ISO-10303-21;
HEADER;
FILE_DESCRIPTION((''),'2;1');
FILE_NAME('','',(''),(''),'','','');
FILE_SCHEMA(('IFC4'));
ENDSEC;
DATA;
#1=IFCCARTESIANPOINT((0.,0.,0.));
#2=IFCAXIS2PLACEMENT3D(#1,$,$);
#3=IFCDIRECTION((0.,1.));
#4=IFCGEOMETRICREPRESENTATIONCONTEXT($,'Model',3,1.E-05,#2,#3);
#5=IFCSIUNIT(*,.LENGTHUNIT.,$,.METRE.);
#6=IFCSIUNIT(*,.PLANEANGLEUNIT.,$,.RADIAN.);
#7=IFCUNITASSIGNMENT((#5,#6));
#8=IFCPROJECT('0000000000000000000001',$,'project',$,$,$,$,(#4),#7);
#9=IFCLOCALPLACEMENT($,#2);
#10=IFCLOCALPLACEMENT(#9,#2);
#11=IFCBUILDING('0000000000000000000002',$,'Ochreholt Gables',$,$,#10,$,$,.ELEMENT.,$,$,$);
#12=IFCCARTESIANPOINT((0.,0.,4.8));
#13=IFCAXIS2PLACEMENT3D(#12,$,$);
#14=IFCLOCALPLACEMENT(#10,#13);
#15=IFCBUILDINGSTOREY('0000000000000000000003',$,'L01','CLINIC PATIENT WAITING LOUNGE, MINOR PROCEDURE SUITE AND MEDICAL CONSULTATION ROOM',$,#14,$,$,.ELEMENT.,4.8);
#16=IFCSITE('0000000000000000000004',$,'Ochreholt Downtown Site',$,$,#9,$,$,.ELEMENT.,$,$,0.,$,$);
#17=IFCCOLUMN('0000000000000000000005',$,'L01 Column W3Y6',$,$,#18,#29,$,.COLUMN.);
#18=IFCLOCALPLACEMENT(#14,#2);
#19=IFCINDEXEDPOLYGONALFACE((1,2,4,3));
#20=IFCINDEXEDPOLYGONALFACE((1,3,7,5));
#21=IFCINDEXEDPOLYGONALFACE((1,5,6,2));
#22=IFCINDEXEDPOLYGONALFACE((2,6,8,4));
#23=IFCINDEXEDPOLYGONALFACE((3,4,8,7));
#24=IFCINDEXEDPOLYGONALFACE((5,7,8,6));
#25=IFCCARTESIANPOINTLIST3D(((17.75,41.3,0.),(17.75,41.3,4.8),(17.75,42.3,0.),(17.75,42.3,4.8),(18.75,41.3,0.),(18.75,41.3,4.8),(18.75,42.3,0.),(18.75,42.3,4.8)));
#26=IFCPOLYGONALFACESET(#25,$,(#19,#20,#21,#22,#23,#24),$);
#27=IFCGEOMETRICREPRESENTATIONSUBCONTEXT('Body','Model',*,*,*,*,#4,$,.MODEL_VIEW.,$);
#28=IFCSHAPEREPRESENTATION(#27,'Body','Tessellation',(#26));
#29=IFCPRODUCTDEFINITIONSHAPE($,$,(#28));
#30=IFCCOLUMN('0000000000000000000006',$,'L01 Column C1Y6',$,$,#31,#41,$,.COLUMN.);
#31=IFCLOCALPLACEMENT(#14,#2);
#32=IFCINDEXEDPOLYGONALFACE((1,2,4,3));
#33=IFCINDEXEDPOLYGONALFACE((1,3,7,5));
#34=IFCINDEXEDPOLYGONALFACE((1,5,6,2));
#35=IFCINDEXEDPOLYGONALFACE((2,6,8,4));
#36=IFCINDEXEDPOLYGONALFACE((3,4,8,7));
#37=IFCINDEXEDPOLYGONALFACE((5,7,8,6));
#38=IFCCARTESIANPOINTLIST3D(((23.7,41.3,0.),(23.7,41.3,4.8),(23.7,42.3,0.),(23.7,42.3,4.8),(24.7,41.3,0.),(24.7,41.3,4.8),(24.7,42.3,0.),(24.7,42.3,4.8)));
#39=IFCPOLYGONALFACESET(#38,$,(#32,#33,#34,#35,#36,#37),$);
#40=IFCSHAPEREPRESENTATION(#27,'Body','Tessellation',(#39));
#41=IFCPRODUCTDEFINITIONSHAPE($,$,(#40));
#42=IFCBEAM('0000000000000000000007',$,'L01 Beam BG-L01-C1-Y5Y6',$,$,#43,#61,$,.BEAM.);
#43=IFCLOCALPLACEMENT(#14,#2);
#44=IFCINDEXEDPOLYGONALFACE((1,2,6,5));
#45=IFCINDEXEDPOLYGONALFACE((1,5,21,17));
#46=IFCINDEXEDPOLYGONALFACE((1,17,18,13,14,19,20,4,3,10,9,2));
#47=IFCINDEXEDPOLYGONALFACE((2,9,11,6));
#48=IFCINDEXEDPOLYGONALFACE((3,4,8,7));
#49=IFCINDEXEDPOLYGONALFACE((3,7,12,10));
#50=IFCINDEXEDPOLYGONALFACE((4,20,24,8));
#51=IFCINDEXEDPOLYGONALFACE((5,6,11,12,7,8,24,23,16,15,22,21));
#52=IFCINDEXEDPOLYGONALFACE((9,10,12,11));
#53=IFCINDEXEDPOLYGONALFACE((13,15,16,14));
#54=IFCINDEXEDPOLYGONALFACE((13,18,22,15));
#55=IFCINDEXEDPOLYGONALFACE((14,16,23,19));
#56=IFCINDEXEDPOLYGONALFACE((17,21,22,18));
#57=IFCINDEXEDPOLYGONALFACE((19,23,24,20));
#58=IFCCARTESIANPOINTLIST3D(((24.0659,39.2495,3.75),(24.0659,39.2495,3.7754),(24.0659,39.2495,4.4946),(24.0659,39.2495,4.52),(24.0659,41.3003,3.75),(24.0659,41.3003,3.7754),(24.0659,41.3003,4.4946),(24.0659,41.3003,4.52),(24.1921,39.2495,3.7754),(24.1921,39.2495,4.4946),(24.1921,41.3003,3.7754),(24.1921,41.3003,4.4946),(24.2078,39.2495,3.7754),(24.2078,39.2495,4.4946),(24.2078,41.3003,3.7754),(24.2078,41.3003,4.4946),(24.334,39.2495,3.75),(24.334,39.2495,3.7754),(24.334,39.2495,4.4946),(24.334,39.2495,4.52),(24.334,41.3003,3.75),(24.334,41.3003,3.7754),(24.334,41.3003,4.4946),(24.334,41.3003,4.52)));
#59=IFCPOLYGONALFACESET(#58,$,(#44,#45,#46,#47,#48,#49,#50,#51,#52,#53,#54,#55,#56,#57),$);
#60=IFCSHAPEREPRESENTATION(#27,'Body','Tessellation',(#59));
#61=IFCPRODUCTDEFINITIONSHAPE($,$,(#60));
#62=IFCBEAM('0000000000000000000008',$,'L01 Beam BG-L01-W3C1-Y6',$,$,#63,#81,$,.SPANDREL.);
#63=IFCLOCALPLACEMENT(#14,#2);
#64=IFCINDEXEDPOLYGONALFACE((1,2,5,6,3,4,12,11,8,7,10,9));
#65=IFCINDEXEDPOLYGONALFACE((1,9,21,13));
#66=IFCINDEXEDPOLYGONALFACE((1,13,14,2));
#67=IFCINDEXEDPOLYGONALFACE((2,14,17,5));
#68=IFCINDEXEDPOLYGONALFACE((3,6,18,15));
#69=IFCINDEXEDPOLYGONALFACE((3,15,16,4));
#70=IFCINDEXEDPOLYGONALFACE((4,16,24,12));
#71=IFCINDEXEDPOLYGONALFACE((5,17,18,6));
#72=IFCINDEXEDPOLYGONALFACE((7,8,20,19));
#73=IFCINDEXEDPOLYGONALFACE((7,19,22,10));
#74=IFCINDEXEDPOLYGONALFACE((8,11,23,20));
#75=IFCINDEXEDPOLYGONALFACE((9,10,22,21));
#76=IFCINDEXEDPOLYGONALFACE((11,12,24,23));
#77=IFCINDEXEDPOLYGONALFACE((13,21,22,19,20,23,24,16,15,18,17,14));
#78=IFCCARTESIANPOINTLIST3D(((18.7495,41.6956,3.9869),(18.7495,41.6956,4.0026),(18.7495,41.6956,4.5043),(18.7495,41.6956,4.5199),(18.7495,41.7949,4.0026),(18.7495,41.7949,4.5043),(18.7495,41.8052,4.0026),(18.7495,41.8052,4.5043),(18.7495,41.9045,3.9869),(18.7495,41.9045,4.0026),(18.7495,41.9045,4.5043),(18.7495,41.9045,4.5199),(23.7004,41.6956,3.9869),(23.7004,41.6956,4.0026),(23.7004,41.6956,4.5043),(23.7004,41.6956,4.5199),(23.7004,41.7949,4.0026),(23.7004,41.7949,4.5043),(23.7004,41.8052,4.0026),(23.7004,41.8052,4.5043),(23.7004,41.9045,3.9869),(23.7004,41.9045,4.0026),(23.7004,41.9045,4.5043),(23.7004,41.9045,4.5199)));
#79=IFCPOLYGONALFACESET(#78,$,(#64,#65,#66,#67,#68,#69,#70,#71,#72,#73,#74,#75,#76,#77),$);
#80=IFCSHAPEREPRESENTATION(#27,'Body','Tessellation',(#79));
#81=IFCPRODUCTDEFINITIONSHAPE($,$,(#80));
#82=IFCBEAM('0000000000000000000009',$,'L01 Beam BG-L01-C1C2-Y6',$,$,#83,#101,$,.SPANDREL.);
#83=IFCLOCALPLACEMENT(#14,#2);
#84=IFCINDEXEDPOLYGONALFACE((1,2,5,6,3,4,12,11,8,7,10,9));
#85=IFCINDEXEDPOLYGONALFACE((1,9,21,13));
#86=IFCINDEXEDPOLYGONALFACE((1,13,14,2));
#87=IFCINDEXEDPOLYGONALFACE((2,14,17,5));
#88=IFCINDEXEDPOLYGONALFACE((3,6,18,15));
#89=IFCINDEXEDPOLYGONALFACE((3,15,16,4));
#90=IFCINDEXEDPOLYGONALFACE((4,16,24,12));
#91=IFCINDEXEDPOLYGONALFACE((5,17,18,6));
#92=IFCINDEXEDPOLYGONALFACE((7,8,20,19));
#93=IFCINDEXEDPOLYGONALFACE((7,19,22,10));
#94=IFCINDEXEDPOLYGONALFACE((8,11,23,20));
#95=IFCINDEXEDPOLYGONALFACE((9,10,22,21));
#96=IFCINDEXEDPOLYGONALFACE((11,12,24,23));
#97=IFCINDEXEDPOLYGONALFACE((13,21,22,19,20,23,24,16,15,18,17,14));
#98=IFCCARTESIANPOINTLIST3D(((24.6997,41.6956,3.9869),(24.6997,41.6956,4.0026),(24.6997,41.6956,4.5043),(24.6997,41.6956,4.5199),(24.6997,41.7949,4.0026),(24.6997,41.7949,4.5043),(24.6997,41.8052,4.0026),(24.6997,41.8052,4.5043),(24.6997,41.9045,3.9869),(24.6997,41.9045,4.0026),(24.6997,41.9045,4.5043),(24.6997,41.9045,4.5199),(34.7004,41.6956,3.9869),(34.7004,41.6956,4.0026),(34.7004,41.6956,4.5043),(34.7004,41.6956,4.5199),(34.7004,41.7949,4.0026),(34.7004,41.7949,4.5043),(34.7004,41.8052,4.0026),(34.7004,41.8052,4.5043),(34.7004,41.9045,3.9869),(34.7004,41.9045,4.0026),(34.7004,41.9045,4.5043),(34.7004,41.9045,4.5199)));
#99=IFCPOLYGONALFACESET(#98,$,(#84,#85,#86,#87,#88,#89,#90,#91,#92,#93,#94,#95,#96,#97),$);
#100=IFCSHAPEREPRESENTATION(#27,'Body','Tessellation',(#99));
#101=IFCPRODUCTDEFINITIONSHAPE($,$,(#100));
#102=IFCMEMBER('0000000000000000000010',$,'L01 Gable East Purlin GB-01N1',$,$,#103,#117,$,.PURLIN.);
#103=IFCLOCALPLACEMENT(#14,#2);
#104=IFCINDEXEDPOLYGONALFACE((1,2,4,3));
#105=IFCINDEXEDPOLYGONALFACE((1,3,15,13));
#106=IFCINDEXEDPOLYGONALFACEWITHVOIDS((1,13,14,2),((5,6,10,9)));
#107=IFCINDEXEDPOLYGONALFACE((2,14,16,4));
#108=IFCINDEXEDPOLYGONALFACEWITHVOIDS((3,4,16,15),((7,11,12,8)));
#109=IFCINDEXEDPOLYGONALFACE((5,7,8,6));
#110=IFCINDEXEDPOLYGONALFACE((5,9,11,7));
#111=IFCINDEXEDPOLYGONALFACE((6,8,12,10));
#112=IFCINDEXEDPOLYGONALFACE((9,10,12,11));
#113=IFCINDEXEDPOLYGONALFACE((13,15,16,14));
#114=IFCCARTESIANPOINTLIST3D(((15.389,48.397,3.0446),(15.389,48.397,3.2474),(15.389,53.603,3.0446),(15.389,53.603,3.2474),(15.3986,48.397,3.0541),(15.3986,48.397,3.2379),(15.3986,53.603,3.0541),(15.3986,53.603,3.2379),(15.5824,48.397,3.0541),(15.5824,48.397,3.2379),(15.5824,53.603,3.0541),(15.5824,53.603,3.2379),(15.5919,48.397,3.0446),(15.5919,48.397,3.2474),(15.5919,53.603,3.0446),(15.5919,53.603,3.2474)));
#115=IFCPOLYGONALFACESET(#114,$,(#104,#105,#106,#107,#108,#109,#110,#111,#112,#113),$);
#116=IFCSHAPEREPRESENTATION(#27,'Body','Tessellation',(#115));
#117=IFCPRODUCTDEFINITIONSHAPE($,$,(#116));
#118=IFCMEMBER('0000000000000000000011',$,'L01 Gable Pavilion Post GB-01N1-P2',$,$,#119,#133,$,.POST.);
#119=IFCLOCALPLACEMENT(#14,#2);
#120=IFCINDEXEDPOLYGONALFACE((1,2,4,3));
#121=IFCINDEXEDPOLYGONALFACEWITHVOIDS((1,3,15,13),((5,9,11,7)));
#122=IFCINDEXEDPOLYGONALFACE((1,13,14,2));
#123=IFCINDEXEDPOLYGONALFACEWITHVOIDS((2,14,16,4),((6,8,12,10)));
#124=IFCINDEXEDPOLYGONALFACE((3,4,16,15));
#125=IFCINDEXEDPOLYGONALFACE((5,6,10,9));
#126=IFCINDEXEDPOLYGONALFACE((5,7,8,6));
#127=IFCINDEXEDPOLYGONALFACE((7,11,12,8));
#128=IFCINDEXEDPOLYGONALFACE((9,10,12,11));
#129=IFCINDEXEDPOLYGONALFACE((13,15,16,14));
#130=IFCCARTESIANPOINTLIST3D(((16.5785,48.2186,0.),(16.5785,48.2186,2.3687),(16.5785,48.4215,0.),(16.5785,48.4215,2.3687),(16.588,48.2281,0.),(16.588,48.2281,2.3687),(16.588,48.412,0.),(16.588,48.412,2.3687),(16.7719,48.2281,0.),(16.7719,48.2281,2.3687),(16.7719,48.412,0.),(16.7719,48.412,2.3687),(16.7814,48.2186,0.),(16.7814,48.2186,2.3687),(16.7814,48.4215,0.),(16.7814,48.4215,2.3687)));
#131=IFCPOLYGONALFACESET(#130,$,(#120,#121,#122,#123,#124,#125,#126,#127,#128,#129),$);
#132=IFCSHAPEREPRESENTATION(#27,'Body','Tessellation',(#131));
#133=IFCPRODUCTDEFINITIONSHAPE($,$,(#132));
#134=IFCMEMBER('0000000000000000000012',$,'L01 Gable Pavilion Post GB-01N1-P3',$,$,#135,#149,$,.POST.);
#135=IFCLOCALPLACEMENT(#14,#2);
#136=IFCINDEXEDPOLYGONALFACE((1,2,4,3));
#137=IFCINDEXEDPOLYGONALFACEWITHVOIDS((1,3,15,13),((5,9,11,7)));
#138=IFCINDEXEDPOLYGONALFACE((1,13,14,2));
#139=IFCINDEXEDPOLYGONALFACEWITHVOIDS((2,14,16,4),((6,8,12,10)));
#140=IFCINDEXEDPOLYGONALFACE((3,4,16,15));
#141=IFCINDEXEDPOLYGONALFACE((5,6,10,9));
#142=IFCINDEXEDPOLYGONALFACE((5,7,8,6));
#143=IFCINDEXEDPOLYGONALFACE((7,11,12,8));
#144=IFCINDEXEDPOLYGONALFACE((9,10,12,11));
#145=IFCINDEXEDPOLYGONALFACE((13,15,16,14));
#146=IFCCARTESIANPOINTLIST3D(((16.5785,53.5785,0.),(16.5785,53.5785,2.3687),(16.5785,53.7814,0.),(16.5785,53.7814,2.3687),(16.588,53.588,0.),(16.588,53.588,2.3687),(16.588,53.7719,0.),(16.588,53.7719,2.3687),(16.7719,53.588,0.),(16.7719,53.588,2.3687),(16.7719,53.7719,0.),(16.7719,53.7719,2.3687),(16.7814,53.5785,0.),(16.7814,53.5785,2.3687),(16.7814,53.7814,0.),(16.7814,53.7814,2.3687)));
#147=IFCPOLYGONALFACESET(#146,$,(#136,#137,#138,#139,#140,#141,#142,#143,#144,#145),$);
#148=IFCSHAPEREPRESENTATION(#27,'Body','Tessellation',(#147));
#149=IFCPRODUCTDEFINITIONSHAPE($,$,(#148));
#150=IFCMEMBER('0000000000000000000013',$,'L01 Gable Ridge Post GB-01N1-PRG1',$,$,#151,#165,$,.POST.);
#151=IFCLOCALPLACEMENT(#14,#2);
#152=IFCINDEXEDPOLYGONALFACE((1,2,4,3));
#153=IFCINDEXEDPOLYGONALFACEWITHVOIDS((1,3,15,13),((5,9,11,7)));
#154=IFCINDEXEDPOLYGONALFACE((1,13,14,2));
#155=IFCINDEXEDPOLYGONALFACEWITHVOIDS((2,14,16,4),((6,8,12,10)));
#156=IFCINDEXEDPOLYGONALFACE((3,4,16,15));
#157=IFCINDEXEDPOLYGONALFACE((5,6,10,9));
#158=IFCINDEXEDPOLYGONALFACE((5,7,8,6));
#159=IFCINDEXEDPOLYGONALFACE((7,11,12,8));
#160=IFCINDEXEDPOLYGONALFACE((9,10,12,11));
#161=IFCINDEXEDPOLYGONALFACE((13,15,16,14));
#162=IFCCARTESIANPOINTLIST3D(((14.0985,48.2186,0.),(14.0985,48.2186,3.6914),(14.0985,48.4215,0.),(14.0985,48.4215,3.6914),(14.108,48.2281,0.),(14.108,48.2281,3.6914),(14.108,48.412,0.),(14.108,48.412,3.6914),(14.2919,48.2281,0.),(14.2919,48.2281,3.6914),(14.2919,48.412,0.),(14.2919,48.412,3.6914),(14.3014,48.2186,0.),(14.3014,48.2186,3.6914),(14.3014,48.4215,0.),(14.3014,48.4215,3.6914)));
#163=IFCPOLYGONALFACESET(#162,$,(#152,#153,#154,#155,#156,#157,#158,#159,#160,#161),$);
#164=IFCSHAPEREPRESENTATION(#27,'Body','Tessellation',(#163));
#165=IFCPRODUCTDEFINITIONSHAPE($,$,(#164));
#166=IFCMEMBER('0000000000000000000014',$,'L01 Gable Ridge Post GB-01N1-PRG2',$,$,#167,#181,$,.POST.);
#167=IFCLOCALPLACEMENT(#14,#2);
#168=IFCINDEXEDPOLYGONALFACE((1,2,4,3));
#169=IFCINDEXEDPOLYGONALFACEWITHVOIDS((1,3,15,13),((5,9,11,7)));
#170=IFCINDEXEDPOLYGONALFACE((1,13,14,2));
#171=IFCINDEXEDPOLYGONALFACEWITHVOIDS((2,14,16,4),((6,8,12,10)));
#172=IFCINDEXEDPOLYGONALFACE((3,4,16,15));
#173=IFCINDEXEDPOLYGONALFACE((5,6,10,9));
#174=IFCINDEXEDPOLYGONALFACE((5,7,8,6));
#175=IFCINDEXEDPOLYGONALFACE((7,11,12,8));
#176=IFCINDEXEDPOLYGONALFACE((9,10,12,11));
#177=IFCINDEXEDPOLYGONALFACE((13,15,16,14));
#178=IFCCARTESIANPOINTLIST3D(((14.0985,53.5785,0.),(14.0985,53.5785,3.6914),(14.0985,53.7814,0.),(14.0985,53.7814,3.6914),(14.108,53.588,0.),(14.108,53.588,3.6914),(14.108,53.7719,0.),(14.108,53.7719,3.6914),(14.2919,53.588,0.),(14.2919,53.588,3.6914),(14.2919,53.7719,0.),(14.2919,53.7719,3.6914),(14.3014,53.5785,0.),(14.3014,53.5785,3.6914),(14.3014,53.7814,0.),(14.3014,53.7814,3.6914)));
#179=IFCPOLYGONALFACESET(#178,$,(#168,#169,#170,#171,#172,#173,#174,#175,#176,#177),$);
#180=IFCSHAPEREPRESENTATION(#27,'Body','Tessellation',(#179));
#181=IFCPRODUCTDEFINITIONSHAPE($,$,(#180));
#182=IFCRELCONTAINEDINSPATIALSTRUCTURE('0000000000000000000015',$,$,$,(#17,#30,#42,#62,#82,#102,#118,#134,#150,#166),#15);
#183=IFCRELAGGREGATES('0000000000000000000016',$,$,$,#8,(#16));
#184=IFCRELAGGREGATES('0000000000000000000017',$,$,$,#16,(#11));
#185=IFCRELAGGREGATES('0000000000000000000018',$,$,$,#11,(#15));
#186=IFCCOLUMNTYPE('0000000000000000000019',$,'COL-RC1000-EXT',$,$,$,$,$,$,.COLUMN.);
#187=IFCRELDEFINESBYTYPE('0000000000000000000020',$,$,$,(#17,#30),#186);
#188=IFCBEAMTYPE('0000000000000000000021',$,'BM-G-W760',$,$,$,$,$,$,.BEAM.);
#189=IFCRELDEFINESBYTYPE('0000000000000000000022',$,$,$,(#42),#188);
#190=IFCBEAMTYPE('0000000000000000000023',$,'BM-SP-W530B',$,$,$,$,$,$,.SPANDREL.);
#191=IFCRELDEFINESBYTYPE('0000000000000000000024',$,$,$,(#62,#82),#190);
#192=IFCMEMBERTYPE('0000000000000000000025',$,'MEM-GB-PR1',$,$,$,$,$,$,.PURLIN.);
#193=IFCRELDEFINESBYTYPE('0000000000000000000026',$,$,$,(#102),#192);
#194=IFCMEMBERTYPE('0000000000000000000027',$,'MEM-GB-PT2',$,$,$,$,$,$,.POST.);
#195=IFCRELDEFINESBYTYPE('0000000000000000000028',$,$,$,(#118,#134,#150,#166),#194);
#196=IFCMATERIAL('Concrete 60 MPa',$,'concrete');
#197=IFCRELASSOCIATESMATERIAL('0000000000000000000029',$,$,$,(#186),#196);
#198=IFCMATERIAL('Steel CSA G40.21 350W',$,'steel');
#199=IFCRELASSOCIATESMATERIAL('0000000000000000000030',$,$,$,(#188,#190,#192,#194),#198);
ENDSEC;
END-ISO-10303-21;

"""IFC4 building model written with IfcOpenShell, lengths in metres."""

from ifc_helpers import new_model, si_unit, direction, frame, origin, origin_2d, place, context, subcontext, project, spatial, rectangle, hollow_rectangle, i_section, extrude, material, material_profile, profile_set, type_object, element, save


model = new_model("IFC4")

# Units and contexts
model_context = context("Model", 3, precision=1e-05, world=origin(), true_north=direction((0.0, 1.0)))
body_context = subcontext(model_context, "Body", "Model", "MODEL_VIEW")
ifc_project = project(units=[si_unit("LENGTHUNIT", "METRE"), si_unit("PLANEANGLEUNIT", "RADIAN")], contexts=[model_context])

# Site, building, storey
site_placement = place(None, origin())
site = spatial("IfcSite", under=ifc_project, at=site_placement, Name="Ochreholt Downtown Site", CompositionType="ELEMENT", RefElevation=0.0)
building_placement = place(site_placement, origin())
building = spatial("IfcBuilding", under=site, at=building_placement, Name="Ochreholt Gables", CompositionType="ELEMENT")
storey_placement = place(building_placement, frame((0.0, 0.0, 4.8)))
storey = spatial("IfcBuildingStorey", under=building, at=storey_placement, Name="L01", Description="CLINIC PATIENT WAITING LOUNGE, MINOR PROCEDURE SUITE AND MEDICAL CONSULTATION ROOM", CompositionType="ELEMENT", Elevation=4.8)

# Columns
ifc_material_1 = material(Name="Concrete 60 MPa", Category="concrete")
ifc_material_profile_1 = material_profile(ifc_material_1, rectangle(XDim=1.0, YDim=1.0, at=origin_2d()), Name="RC1000X1000")
ifc_profile_set_1 = profile_set([ifc_material_profile_1], Name="Concrete 60 MPa")
column_type = type_object("IfcColumnType", Name="COL-RC1000-EXT", PredefinedType="COLUMN", material=ifc_profile_set_1)
for number, where, z_axis, x_axis, name in (
    (1, (18.25, 41.8, 0.0), (0.0, 0.0, 1.0), (1.0, 0.0, 0.0), "L01 Column W3Y6"),
    (2, (24.2, 41.8, 0.0), (0.0, 0.0, 1.0), (1.0, 0.0, 0.0), "L01 Column C1Y6"),
):
    element("IfcColumn", number, at=place(storey_placement, frame(where, z_axis=z_axis, x_axis=x_axis)), inside=storey, type_object=column_type, Name=name, PredefinedType="COLUMN", context=body_context, shape_type="SweptSolid", body=[
        extrude(rectangle(XDim=1.0, YDim=1.0, at=origin_2d()), origin(), (0.0, 0.0, 1.0), 4.8),
    ])

# Beams
ifc_material_2 = material(Name="Steel CSA G40.21 350W", Category="steel")
ifc_material_profile_2 = material_profile(ifc_material_2, i_section(OverallWidth=0.2681, OverallDepth=0.77, WebThickness=0.0156, FlangeThickness=0.0254, at=origin_2d()), Name="W760X196")
ifc_profile_set_2 = profile_set([ifc_material_profile_2], Name="Steel CSA G40.21 350W")
beam_type_1 = type_object("IfcBeamType", Name="BM-G-W760", PredefinedType="BEAM", material=ifc_profile_set_2)
beam_1_placement = place(storey_placement, frame((24.2, 39.2495, 4.135), z_axis=(0.0, 1.0, 0.0), x_axis=(-1.0, 0.0, 0.0)))
element("IfcBeam", 3, at=beam_1_placement, inside=storey, type_object=beam_type_1, Name="L01 Beam BG-L01-C1-Y5Y6", PredefinedType="BEAM", context=body_context, shape_type="SweptSolid", body=[
    extrude(i_section(OverallWidth=0.2681, OverallDepth=0.77, WebThickness=0.0156, FlangeThickness=0.0254, at=origin_2d()), origin(), (0.0, 0.0, 1.0), 2.0508),
])
ifc_material_profile_3 = material_profile(ifc_material_2, i_section(OverallWidth=0.209, OverallDepth=0.533, WebThickness=0.0103, FlangeThickness=0.0156, at=origin_2d()), Name="W530X92")
ifc_profile_set_3 = profile_set([ifc_material_profile_3], Name="Steel CSA G40.21 350W")
beam_type_2 = type_object("IfcBeamType", Name="BM-SP-W530B", PredefinedType="SPANDREL", material=ifc_profile_set_3)
beam_2_placement = place(storey_placement, frame((18.7495, 41.8, 4.2534), z_axis=(1.0, 0.0, 0.0), x_axis=(0.0, 1.0, 0.0)))
element("IfcBeam", 4, at=beam_2_placement, inside=storey, type_object=beam_type_2, Name="L01 Beam BG-L01-W3C1-Y6", PredefinedType="SPANDREL", context=body_context, shape_type="SweptSolid", body=[
    extrude(i_section(OverallWidth=0.209, OverallDepth=0.533, WebThickness=0.0103, FlangeThickness=0.0156, at=origin_2d()), origin(), (0.0, 0.0, 1.0), 4.9509),
])
beam_3_placement = place(storey_placement, frame((24.6997, 41.8, 4.2534), z_axis=(1.0, 0.0, 0.0), x_axis=(0.0, 1.0, 0.0)))
element("IfcBeam", 5, at=beam_3_placement, inside=storey, type_object=beam_type_2, Name="L01 Beam BG-L01-C1C2-Y6", PredefinedType="SPANDREL", context=body_context, shape_type="SweptSolid", body=[
    extrude(i_section(OverallWidth=0.209, OverallDepth=0.533, WebThickness=0.0103, FlangeThickness=0.0156, at=origin_2d()), origin(), (0.0, 0.0, 1.0), 10.0007),
])

# Members
ifc_material_profile_4 = material_profile(ifc_material_2, hollow_rectangle(XDim=0.2029, YDim=0.2029, WallThickness=0.0095, at=origin_2d()), Name="HSS203X203X10")
ifc_profile_set_4 = profile_set([ifc_material_profile_4], Name="Steel CSA G40.21 350W")
member_type_1 = type_object("IfcMemberType", Name="MEM-GB-PR1", PredefinedType="PURLIN", material=ifc_profile_set_4)
member_1_placement = place(storey_placement, frame((15.4905, 48.397, 3.146), z_axis=(0.0, 1.0, 0.0), x_axis=(-1.0, 0.0, 0.0)))
element("IfcMember", 6, at=member_1_placement, inside=storey, type_object=member_type_1, Name="L01 Gable East Purlin GB-01N1", PredefinedType="PURLIN", context=body_context, shape_type="SweptSolid", body=[
    extrude(hollow_rectangle(XDim=0.2029, YDim=0.2029, WallThickness=0.0095, at=origin_2d()), origin(), (0.0, 0.0, 1.0), 5.2061),
])
ifc_material_profile_5 = material_profile(ifc_material_2, hollow_rectangle(XDim=0.2029, YDim=0.2029, WallThickness=0.0095, at=origin_2d()), Name="HSS203X203X10")
ifc_profile_set_5 = profile_set([ifc_material_profile_5], Name="Steel CSA G40.21 350W")
member_type_2 = type_object("IfcMemberType", Name="MEM-GB-PT2", PredefinedType="POST", material=ifc_profile_set_5)
for number, where, z_axis, x_axis, name in (
    (7, (16.6799, 48.3201, 0.0), (0.0, 0.0, 1.0), (1.0, 0.0, 0.0), "L01 Gable Pavilion Post GB-01N1-P2"),
    (8, (16.6799, 53.6799, 0.0), (0.0, 0.0, 1.0), (1.0, 0.0, 0.0), "L01 Gable Pavilion Post GB-01N1-P3"),
):
    element("IfcMember", number, at=place(storey_placement, frame(where, z_axis=z_axis, x_axis=x_axis)), inside=storey, type_object=member_type_2, Name=name, PredefinedType="POST", context=body_context, shape_type="SweptSolid", body=[
        extrude(hollow_rectangle(XDim=0.2029, YDim=0.2029, WallThickness=0.0095, at=origin_2d()), origin(), (0.0, 0.0, 1.0), 2.3687),
    ])
for number, where, z_axis, x_axis, name in (
    (9, (14.2, 48.3201, 0.0), (0.0, 0.0, 1.0), (1.0, 0.0, 0.0), "L01 Gable Ridge Post GB-01N1-PRG1"),
    (10, (14.2, 53.6799, 0.0), (0.0, 0.0, 1.0), (1.0, 0.0, 0.0), "L01 Gable Ridge Post GB-01N1-PRG2"),
):
    element("IfcMember", number, at=place(storey_placement, frame(where, z_axis=z_axis, x_axis=x_axis)), inside=storey, type_object=member_type_2, Name=name, PredefinedType="POST", context=body_context, shape_type="SweptSolid", body=[
        extrude(hollow_rectangle(XDim=0.2029, YDim=0.2029, WallThickness=0.0095, at=origin_2d()), origin(), (0.0, 0.0, 1.0), 3.6914),
    ])

save(model, "model.ifc")
